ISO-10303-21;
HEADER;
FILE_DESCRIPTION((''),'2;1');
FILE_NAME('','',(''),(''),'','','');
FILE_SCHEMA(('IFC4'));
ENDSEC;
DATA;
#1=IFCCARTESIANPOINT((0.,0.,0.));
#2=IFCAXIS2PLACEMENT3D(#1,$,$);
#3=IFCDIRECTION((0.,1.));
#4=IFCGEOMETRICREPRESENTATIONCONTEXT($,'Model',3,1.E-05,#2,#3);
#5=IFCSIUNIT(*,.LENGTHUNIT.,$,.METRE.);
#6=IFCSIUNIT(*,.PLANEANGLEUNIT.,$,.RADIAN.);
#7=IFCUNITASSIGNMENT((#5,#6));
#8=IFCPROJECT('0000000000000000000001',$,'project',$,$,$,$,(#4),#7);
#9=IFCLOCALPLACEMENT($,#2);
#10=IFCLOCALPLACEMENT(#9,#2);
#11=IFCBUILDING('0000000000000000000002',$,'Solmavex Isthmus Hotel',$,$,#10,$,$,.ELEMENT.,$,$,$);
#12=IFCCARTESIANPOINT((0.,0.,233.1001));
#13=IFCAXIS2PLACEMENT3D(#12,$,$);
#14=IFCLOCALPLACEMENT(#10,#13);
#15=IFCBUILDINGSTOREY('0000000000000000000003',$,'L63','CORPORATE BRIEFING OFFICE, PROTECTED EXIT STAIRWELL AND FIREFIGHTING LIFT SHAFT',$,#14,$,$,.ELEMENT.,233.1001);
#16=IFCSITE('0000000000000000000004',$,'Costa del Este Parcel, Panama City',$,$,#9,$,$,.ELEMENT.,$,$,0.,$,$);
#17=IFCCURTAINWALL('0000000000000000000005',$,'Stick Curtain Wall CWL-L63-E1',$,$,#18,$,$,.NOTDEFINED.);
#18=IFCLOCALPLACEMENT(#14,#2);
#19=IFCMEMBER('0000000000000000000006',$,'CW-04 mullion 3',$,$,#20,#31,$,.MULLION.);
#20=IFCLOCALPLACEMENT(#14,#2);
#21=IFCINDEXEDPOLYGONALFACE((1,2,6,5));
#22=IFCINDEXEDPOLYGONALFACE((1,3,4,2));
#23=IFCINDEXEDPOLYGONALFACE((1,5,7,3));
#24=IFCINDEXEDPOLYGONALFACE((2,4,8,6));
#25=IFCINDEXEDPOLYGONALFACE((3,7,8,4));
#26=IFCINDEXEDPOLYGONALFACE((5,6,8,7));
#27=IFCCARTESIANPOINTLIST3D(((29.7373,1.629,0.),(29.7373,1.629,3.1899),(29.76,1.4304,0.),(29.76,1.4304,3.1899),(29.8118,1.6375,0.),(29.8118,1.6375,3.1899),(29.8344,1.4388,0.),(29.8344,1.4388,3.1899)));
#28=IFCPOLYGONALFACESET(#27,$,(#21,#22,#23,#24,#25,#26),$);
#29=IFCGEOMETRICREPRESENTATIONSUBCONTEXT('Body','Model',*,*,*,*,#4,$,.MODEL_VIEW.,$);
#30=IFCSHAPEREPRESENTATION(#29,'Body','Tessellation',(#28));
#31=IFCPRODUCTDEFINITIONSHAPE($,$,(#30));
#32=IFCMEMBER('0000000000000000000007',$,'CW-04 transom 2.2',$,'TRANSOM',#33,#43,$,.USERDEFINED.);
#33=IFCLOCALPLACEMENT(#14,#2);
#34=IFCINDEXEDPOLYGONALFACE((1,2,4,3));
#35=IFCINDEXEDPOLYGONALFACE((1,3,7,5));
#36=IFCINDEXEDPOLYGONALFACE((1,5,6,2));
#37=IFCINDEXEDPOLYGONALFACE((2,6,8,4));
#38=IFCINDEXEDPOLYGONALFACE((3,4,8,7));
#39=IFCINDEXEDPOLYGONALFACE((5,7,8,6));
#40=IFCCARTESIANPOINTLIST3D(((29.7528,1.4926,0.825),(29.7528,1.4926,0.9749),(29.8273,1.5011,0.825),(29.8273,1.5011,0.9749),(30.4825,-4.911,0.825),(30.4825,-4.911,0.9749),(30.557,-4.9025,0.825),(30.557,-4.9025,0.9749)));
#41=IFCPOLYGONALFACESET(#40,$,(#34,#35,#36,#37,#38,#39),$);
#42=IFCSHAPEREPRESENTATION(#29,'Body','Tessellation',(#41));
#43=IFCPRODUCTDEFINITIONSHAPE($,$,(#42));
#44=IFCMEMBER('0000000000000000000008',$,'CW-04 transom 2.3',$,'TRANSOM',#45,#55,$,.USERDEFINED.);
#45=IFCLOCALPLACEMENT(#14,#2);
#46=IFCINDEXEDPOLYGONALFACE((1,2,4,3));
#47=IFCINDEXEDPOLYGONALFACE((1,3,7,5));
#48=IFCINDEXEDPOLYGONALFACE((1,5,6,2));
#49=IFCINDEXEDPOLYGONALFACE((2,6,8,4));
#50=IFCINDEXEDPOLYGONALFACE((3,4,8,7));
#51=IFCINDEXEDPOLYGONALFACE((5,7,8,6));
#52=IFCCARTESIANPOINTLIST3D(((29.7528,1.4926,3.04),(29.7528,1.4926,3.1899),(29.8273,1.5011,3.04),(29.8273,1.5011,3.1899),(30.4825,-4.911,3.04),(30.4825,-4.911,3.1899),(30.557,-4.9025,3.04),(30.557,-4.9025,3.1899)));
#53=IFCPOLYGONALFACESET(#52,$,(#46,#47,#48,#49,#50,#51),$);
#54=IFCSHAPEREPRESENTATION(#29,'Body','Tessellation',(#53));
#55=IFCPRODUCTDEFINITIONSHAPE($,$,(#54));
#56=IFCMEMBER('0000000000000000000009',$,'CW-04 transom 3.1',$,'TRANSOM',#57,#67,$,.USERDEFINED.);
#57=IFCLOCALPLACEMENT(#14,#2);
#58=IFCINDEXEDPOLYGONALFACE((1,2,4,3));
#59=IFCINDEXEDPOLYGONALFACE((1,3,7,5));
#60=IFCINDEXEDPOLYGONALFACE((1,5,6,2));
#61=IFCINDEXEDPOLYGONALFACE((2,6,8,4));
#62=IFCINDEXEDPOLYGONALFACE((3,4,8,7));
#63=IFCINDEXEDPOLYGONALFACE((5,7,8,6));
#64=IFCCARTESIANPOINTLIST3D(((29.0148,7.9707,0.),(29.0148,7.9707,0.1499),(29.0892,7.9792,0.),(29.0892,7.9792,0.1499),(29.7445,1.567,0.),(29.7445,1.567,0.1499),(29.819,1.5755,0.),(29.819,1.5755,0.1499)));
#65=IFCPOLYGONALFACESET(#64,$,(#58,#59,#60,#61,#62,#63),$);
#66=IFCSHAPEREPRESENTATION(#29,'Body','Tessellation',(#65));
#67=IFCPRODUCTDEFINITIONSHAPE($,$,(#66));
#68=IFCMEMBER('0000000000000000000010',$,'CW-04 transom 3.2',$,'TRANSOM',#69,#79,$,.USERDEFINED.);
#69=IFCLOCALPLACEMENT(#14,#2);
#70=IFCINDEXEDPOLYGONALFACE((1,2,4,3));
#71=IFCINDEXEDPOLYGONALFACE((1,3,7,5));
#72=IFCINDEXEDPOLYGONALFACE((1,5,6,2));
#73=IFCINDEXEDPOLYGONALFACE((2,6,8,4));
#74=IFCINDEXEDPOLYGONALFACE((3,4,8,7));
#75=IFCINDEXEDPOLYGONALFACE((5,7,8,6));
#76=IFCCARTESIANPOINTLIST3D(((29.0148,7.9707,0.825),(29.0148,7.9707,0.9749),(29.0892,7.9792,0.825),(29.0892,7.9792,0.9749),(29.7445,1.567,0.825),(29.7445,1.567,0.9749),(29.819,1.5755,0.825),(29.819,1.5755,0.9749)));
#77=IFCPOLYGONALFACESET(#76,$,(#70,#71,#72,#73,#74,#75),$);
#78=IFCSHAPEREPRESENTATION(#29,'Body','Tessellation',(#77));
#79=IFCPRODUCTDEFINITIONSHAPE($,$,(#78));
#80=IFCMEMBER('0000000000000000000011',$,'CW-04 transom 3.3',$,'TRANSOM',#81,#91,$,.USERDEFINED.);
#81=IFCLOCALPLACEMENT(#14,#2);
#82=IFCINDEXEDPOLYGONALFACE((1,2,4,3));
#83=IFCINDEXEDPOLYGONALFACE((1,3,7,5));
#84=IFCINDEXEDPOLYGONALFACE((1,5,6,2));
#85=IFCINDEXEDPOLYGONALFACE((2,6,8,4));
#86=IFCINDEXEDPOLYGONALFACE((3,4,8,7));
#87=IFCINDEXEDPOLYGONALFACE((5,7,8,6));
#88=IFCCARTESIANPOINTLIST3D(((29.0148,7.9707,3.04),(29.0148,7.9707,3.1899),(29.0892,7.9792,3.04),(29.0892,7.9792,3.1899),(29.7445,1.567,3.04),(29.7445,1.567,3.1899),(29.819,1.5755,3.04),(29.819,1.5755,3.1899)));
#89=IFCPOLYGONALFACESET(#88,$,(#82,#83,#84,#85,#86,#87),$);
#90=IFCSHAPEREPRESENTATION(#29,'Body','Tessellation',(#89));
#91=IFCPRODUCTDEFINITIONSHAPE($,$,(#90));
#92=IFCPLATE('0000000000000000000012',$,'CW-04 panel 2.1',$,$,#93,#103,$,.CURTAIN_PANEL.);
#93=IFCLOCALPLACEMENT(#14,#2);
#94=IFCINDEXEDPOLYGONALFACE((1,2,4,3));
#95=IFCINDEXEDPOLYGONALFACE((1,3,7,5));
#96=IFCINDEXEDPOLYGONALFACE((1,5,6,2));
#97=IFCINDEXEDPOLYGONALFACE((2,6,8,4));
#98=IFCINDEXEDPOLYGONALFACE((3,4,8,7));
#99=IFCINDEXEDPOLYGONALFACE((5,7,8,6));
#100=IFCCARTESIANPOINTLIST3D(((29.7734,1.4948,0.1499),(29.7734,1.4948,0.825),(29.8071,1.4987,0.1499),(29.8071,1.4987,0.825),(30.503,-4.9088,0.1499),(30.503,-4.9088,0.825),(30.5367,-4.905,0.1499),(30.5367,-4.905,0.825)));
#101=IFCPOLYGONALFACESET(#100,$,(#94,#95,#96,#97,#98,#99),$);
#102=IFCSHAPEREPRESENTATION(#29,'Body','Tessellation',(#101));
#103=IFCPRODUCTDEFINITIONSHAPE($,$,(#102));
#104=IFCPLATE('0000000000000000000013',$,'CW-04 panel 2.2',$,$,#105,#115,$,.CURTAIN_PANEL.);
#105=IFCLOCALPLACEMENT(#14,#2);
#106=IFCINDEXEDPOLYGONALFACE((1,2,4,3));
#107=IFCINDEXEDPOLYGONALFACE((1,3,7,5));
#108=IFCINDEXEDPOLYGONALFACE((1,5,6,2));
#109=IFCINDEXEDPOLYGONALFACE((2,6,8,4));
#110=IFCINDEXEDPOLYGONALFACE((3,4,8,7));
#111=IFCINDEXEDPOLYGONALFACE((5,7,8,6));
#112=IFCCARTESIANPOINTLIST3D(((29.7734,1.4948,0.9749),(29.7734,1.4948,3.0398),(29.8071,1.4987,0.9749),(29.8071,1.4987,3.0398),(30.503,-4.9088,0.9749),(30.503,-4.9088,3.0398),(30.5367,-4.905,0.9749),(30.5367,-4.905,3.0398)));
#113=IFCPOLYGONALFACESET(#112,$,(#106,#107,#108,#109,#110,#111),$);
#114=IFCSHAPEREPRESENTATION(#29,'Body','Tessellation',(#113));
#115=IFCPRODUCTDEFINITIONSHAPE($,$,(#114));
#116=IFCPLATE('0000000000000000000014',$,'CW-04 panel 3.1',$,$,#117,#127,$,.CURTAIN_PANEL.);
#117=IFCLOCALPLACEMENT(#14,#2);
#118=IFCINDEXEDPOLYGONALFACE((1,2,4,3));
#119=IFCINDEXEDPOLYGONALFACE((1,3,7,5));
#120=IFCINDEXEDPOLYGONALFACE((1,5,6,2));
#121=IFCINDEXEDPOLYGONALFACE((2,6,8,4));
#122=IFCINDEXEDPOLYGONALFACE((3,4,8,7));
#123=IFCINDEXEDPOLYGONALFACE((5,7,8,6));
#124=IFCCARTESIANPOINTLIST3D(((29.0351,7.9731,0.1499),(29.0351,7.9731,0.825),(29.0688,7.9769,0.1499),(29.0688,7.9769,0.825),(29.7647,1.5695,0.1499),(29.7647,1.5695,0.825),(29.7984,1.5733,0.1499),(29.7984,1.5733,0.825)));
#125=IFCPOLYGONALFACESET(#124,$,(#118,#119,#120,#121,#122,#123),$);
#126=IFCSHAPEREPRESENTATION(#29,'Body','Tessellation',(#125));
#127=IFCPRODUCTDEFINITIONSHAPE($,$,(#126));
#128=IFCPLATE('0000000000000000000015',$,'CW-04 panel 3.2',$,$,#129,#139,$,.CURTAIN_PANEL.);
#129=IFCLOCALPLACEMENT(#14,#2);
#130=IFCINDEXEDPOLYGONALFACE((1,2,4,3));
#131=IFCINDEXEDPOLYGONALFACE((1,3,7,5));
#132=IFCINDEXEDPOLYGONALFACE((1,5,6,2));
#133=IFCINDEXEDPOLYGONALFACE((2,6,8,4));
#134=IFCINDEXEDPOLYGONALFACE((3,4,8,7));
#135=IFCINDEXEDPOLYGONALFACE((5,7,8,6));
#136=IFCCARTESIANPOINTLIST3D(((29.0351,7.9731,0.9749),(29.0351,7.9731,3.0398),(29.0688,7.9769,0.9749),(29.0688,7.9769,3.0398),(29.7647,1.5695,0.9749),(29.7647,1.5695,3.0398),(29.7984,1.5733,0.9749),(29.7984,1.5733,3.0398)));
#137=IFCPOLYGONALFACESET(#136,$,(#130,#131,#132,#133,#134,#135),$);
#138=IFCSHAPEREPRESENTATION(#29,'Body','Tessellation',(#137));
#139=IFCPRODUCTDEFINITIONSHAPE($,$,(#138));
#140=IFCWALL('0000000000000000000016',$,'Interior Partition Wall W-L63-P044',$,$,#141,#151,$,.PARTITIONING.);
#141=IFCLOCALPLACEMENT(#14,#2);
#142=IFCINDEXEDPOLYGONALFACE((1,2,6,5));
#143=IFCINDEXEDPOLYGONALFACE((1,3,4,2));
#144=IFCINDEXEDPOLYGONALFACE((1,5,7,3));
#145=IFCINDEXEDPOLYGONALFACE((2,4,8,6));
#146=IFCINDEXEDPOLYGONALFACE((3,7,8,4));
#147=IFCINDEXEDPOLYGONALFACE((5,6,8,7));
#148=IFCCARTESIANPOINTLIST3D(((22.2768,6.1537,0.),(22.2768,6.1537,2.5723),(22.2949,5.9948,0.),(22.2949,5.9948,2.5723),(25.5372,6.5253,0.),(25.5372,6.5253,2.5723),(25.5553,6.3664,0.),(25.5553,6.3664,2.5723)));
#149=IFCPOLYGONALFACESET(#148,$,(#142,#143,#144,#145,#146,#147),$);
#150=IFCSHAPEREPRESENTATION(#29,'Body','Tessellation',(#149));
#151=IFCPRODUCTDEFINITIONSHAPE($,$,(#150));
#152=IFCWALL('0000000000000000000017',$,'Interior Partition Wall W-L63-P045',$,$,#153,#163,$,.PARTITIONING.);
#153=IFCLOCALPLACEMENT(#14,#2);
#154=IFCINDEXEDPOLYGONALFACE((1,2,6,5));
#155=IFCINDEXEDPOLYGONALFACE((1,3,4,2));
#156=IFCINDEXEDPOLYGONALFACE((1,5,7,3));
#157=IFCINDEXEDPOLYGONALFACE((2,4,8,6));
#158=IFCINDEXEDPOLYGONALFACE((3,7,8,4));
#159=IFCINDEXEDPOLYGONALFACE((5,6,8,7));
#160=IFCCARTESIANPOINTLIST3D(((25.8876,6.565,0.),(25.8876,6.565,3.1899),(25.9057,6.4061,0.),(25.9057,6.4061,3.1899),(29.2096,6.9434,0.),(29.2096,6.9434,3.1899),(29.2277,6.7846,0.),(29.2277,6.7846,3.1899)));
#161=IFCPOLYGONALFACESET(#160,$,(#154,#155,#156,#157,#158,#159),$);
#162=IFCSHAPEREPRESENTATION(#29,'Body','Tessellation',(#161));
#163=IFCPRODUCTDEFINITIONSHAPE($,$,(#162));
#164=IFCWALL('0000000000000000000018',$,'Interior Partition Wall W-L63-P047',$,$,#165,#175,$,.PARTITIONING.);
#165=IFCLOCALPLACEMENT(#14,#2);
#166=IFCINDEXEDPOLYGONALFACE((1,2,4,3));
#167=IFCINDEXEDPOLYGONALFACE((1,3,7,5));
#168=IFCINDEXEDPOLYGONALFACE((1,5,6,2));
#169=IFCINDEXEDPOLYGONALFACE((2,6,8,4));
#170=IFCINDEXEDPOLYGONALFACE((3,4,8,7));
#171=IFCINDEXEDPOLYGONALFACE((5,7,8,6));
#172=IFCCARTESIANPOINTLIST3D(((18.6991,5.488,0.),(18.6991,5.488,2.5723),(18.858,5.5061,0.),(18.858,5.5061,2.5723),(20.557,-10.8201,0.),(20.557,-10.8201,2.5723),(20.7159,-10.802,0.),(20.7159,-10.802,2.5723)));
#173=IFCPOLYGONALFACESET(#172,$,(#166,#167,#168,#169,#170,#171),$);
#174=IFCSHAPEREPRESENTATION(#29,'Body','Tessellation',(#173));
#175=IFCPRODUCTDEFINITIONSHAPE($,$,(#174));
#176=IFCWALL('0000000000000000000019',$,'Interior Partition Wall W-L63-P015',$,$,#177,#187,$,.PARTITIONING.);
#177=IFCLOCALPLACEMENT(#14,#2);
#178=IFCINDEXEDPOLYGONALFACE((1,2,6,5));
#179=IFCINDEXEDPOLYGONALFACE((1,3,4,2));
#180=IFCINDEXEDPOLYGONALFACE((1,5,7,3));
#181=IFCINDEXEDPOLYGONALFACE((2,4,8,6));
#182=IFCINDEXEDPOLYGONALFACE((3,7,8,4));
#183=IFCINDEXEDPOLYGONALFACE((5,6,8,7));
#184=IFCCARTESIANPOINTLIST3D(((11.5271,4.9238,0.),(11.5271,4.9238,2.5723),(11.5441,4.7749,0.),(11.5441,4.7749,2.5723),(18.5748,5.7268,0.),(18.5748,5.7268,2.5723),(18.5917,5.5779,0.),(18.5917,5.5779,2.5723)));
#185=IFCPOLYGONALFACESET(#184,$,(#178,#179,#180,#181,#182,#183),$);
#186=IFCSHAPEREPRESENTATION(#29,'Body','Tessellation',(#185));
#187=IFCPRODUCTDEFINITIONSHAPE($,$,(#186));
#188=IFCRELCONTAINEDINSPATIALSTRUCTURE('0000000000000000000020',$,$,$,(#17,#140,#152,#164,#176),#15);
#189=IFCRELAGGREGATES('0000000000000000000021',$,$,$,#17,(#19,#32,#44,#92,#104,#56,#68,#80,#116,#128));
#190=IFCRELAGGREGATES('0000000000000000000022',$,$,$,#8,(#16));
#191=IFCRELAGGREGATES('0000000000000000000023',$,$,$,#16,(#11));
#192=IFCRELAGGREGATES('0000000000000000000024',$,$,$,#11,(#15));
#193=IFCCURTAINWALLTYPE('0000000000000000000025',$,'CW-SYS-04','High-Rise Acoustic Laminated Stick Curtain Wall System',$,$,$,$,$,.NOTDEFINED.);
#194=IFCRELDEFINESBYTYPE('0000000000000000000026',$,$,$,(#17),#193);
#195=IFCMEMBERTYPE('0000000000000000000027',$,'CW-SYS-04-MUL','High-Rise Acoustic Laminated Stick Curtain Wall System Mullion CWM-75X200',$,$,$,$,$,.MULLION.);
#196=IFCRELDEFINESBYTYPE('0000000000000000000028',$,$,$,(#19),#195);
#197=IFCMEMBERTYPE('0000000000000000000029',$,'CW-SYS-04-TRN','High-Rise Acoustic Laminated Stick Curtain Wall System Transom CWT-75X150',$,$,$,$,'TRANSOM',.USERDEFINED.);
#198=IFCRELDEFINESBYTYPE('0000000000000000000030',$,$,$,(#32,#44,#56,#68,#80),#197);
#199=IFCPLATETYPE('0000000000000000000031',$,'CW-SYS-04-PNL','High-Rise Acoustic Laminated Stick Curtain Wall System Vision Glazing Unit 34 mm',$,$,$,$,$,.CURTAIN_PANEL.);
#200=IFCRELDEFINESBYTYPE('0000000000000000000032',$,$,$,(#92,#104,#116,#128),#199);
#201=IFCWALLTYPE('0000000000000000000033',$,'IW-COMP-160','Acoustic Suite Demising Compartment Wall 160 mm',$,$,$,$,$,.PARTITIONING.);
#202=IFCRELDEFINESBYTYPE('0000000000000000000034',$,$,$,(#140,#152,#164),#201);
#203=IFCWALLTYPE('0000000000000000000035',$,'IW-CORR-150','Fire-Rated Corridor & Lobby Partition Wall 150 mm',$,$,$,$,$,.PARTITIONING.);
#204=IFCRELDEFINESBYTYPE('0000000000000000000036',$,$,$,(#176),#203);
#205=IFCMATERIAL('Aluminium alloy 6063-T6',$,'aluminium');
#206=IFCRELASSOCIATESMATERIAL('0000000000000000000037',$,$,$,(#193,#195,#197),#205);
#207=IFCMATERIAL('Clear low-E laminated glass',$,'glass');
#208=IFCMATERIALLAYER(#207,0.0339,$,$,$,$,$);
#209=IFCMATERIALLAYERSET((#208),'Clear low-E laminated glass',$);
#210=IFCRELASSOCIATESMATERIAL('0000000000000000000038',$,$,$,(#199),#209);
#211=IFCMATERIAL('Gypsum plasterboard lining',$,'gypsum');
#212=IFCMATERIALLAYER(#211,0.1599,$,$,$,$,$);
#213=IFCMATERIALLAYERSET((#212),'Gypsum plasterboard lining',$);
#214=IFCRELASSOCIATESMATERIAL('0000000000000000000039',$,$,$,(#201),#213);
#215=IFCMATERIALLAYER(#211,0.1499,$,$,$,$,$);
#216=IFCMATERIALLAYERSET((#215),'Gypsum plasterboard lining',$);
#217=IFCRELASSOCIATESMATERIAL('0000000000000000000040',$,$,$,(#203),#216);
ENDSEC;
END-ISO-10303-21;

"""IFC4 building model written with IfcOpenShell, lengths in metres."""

from ifc_helpers import new_model, si_unit, direction, frame, frame_2d, origin, origin_2d, place, context, subcontext, project, spatial, rectangle, extrude, material, layer, layer_set, material_profile, profile_set, type_object, element, aggregate, save


model = new_model("IFC4")

# Units and contexts
model_context = context("Model", 3, precision=1e-05, world=origin(), true_north=direction((0.0, 1.0)))
body_context = subcontext(model_context, "Body", "Model", "MODEL_VIEW")
ifc_project = project(units=[si_unit("LENGTHUNIT", "METRE"), si_unit("PLANEANGLEUNIT", "RADIAN")], contexts=[model_context])

# Site, building, storey
site_placement = place(None, origin())
site = spatial("IfcSite", under=ifc_project, at=site_placement, Name="Costa del Este Parcel, Panama City", CompositionType="ELEMENT", RefElevation=0.0)
building_placement = place(site_placement, origin())
building = spatial("IfcBuilding", under=site, at=building_placement, Name="Solmavex Isthmus Hotel", CompositionType="ELEMENT")
storey_placement = place(building_placement, frame((0.0, 0.0, 233.1001)))
storey = spatial("IfcBuildingStorey", under=building, at=storey_placement, Name="L63", Description="CORPORATE BRIEFING OFFICE, PROTECTED EXIT STAIRWELL AND FIREFIGHTING LIFT SHAFT", CompositionType="ELEMENT", Elevation=233.1001)

# Curtain wall, members, plates
ifc_material_1 = material(Name="Aluminium alloy 6063-T6", Category="aluminium")
curtain_wall_type = type_object("IfcCurtainWallType", Name="CW-SYS-04", Description="High-Rise Acoustic Laminated Stick Curtain Wall System", PredefinedType="NOTDEFINED", material=ifc_material_1)
curtain_wall_placement = place(storey_placement, origin())
curtain_wall = element("IfcCurtainWall", 1, at=curtain_wall_placement, inside=storey, type_object=curtain_wall_type, Name="Stick Curtain Wall CWL-L63-E1", PredefinedType="NOTDEFINED")
ifc_material_profile_1 = material_profile(ifc_material_1, rectangle(XDim=0.075, YDim=0.2, at=origin_2d()), Name="CWM-75X200")
ifc_profile_set_1 = profile_set([ifc_material_profile_1], Name="Aluminium alloy 6063-T6")
member_type_1 = type_object("IfcMemberType", Name="CW-SYS-04-MUL", Description="High-Rise Acoustic Laminated Stick Curtain Wall System Mullion CWM-75X200", PredefinedType="MULLION", material=ifc_profile_set_1)
member_1_placement = place(storey_placement, frame((29.7859, 1.5339, 0.0), z_axis=(0.0, 0.0, 1.0), x_axis=(-0.993572, -0.113203, 0.0)))
member_1 = element("IfcMember", 2, at=member_1_placement, type_object=member_type_1, Name="CW-04 mullion 3", PredefinedType="MULLION", context=body_context, shape_type="SweptSolid", body=[
    extrude(rectangle(XDim=0.075, YDim=0.2, at=origin_2d()), origin(), (0.0, 0.0, 1.0), 3.1899),
])
ifc_material_profile_2 = material_profile(ifc_material_1, rectangle(XDim=0.075, YDim=0.1499, at=origin_2d()), Name="CWT-75X150")
ifc_profile_set_2 = profile_set([ifc_material_profile_2], Name="Aluminium alloy 6063-T6")
member_type_2 = type_object("IfcMemberType", Name="CW-SYS-04-TRN", Description="High-Rise Acoustic Laminated Stick Curtain Wall System Transom CWT-75X150", ElementType="TRANSOM", PredefinedType="USERDEFINED", material=ifc_profile_set_2)
member_2_placement = place(storey_placement, frame((30.5198, -4.9067, 0.8999), z_axis=(-0.113225, 0.993569, 0.0), x_axis=(-0.993569, -0.113225, 0.0)))
member_2 = element("IfcMember", 3, at=member_2_placement, type_object=member_type_2, Name="CW-04 transom 2.2", ObjectType="TRANSOM", PredefinedType="USERDEFINED", context=body_context, shape_type="SweptSolid", body=[
    extrude(rectangle(XDim=0.075, YDim=0.1499, at=origin_2d()), origin(), (0.0, 0.0, 1.0), 6.4451),
])
member_3_placement = place(storey_placement, frame((30.5198, -4.9067, 3.115), z_axis=(-0.113225, 0.993569, 0.0), x_axis=(-0.993569, -0.113225, 0.0)))
member_3 = element("IfcMember", 4, at=member_3_placement, type_object=member_type_2, Name="CW-04 transom 2.3", ObjectType="TRANSOM", PredefinedType="USERDEFINED", context=body_context, shape_type="SweptSolid", body=[
    extrude(rectangle(XDim=0.075, YDim=0.1499, at=origin_2d()), origin(), (0.0, 0.0, 1.0), 6.4451),
])
member_4_placement = place(storey_placement, frame((29.7817, 1.5713, 0.075), z_axis=(-0.113225, 0.993569, 0.0), x_axis=(-0.993569, -0.113225, 0.0)))
member_4 = element("IfcMember", 5, at=member_4_placement, type_object=member_type_2, Name="CW-04 transom 3.1", ObjectType="TRANSOM", PredefinedType="USERDEFINED", context=body_context, shape_type="SweptSolid", body=[
    extrude(rectangle(XDim=0.075, YDim=0.1499, at=origin_2d()), origin(), (0.0, 0.0, 1.0), 6.4451),
])
member_5_placement = place(storey_placement, frame((29.7817, 1.5713, 0.8999), z_axis=(-0.113225, 0.993569, 0.0), x_axis=(-0.993569, -0.113225, 0.0)))
member_5 = element("IfcMember", 6, at=member_5_placement, type_object=member_type_2, Name="CW-04 transom 3.2", ObjectType="TRANSOM", PredefinedType="USERDEFINED", context=body_context, shape_type="SweptSolid", body=[
    extrude(rectangle(XDim=0.075, YDim=0.1499, at=origin_2d()), origin(), (0.0, 0.0, 1.0), 6.4451),
])
member_6_placement = place(storey_placement, frame((29.7817, 1.5713, 3.115), z_axis=(-0.113225, 0.993569, 0.0), x_axis=(-0.993569, -0.113225, 0.0)))
member_6 = element("IfcMember", 7, at=member_6_placement, type_object=member_type_2, Name="CW-04 transom 3.3", ObjectType="TRANSOM", PredefinedType="USERDEFINED", context=body_context, shape_type="SweptSolid", body=[
    extrude(rectangle(XDim=0.075, YDim=0.1499, at=origin_2d()), origin(), (0.0, 0.0, 1.0), 6.4451),
])
ifc_material_2 = material(Name="Clear low-E laminated glass", Category="glass")
ifc_layer_1 = layer(ifc_material_2, 0.0339)
ifc_layer_set_1 = layer_set([ifc_layer_1], Name="Clear low-E laminated glass")
plate_type = type_object("IfcPlateType", Name="CW-SYS-04-PNL", Description="High-Rise Acoustic Laminated Stick Curtain Wall System Vision Glazing Unit 34 mm", PredefinedType="CURTAIN_PANEL", material=ifc_layer_set_1)
plate_1_placement = place(storey_placement, frame((30.155, -1.7051, 0.1499), z_axis=(0.0, 0.0, 1.0), x_axis=(-0.113203, 0.993572, 0.0)))
plate_1 = element("IfcPlate", 8, at=plate_1_placement, type_object=plate_type, Name="CW-04 panel 2.1", PredefinedType="CURTAIN_PANEL", context=body_context, shape_type="SweptSolid", body=[
    extrude(rectangle(XDim=6.4451, YDim=0.0339, at=origin_2d()), origin(), (0.0, 0.0, 1.0), 0.675),
])
plate_2_placement = place(storey_placement, frame((30.155, -1.7051, 0.9749), z_axis=(0.0, 0.0, 1.0), x_axis=(-0.113203, 0.993572, 0.0)))
plate_2 = element("IfcPlate", 9, at=plate_2_placement, type_object=plate_type, Name="CW-04 panel 2.2", PredefinedType="CURTAIN_PANEL", context=body_context, shape_type="SweptSolid", body=[
    extrude(rectangle(XDim=6.4451, YDim=0.0339, at=origin_2d()), origin(), (0.0, 0.0, 1.0), 2.0649),
])
plate_3_placement = place(storey_placement, frame((29.4167, 4.7732, 0.1499), z_axis=(0.0, 0.0, 1.0), x_axis=(-0.113203, 0.993572, 0.0)))
plate_3 = element("IfcPlate", 10, at=plate_3_placement, type_object=plate_type, Name="CW-04 panel 3.1", PredefinedType="CURTAIN_PANEL", context=body_context, shape_type="SweptSolid", body=[
    extrude(rectangle(XDim=6.4451, YDim=0.0339, at=origin_2d()), origin(), (0.0, 0.0, 1.0), 0.675),
])
plate_4_placement = place(storey_placement, frame((29.4167, 4.7732, 0.9749), z_axis=(0.0, 0.0, 1.0), x_axis=(-0.113203, 0.993572, 0.0)))
plate_4 = element("IfcPlate", 11, at=plate_4_placement, type_object=plate_type, Name="CW-04 panel 3.2", PredefinedType="CURTAIN_PANEL", context=body_context, shape_type="SweptSolid", body=[
    extrude(rectangle(XDim=6.4451, YDim=0.0339, at=origin_2d()), origin(), (0.0, 0.0, 1.0), 2.0649),
])
aggregate(curtain_wall, [member_1, member_2, member_3, plate_1, plate_2, member_4, member_5, member_6, plate_3, plate_4])

# Walls
ifc_material_3 = material(Name="Gypsum plasterboard lining", Category="gypsum")
ifc_layer_2 = layer(ifc_material_3, 0.1599)
ifc_layer_set_2 = layer_set([ifc_layer_2], Name="Gypsum plasterboard lining")
wall_type_1 = type_object("IfcWallType", Name="IW-COMP-160", Description="Acoustic Suite Demising Compartment Wall 160 mm", PredefinedType="PARTITIONING", material=ifc_layer_set_2)
wall_1_placement = place(storey_placement, frame((25.5461, 6.4458, 0.0), z_axis=(0.0, 0.0, 1.0), x_axis=(-0.993569, -0.113232, 0.0)))
element("IfcWall", 12, at=wall_1_placement, inside=storey, type_object=wall_type_1, Name="Interior Partition Wall W-L63-P044", PredefinedType="PARTITIONING", context=body_context, shape_type="SweptSolid", body=[
    extrude(rectangle(XDim=3.2815, YDim=0.1599, at=frame_2d((1.6406, 0.0))), origin(), (0.0, 0.0, 1.0), 2.5723),
])
wall_2_placement = place(storey_placement, frame((29.2188, 6.864, 0.0), z_axis=(0.0, 0.0, 1.0), x_axis=(-0.993574, -0.11318, 0.0)))
element("IfcWall", 13, at=wall_2_placement, inside=storey, type_object=wall_type_1, Name="Interior Partition Wall W-L63-P045", PredefinedType="PARTITIONING", context=body_context, shape_type="SweptSolid", body=[
    extrude(rectangle(XDim=3.3435, YDim=0.1599, at=frame_2d((1.6719, 0.0))), origin(), (0.0, 0.0, 1.0), 3.1899),
])
wall_3_placement = place(storey_placement, frame((18.7786, 5.4971, 0.0), z_axis=(0.0, 0.0, 1.0), x_axis=(0.113193, -0.993573, 0.0)))
element("IfcWall", 14, at=wall_3_placement, inside=storey, type_object=wall_type_1, Name="Interior Partition Wall W-L63-P047", PredefinedType="PARTITIONING", context=body_context, shape_type="SweptSolid", body=[
    extrude(rectangle(XDim=16.4136, YDim=0.1599, at=frame_2d((8.2068, 0.0))), origin(), (0.0, 0.0, 1.0), 2.5723),
])
ifc_layer_3 = layer(ifc_material_3, 0.1499)
ifc_layer_set_3 = layer_set([ifc_layer_3], Name="Gypsum plasterboard lining")
wall_type_2 = type_object("IfcWallType", Name="IW-CORR-150", Description="Fire-Rated Corridor & Lobby Partition Wall 150 mm", PredefinedType="PARTITIONING", material=ifc_layer_set_3)
wall_4_placement = place(storey_placement, frame((18.5833, 5.6523, 0.0), z_axis=(0.0, 0.0, 1.0), x_axis=(-0.993572, -0.113204, 0.0)))
element("IfcWall", 15, at=wall_4_placement, inside=storey, type_object=wall_type_2, Name="Interior Partition Wall W-L63-P015", PredefinedType="PARTITIONING", context=body_context, shape_type="SweptSolid", body=[
    extrude(rectangle(XDim=7.0933, YDim=0.1499, at=frame_2d((3.5466, 0.0))), origin(), (0.0, 0.0, 1.0), 2.5723),
])

save(model, "model.ifc")
